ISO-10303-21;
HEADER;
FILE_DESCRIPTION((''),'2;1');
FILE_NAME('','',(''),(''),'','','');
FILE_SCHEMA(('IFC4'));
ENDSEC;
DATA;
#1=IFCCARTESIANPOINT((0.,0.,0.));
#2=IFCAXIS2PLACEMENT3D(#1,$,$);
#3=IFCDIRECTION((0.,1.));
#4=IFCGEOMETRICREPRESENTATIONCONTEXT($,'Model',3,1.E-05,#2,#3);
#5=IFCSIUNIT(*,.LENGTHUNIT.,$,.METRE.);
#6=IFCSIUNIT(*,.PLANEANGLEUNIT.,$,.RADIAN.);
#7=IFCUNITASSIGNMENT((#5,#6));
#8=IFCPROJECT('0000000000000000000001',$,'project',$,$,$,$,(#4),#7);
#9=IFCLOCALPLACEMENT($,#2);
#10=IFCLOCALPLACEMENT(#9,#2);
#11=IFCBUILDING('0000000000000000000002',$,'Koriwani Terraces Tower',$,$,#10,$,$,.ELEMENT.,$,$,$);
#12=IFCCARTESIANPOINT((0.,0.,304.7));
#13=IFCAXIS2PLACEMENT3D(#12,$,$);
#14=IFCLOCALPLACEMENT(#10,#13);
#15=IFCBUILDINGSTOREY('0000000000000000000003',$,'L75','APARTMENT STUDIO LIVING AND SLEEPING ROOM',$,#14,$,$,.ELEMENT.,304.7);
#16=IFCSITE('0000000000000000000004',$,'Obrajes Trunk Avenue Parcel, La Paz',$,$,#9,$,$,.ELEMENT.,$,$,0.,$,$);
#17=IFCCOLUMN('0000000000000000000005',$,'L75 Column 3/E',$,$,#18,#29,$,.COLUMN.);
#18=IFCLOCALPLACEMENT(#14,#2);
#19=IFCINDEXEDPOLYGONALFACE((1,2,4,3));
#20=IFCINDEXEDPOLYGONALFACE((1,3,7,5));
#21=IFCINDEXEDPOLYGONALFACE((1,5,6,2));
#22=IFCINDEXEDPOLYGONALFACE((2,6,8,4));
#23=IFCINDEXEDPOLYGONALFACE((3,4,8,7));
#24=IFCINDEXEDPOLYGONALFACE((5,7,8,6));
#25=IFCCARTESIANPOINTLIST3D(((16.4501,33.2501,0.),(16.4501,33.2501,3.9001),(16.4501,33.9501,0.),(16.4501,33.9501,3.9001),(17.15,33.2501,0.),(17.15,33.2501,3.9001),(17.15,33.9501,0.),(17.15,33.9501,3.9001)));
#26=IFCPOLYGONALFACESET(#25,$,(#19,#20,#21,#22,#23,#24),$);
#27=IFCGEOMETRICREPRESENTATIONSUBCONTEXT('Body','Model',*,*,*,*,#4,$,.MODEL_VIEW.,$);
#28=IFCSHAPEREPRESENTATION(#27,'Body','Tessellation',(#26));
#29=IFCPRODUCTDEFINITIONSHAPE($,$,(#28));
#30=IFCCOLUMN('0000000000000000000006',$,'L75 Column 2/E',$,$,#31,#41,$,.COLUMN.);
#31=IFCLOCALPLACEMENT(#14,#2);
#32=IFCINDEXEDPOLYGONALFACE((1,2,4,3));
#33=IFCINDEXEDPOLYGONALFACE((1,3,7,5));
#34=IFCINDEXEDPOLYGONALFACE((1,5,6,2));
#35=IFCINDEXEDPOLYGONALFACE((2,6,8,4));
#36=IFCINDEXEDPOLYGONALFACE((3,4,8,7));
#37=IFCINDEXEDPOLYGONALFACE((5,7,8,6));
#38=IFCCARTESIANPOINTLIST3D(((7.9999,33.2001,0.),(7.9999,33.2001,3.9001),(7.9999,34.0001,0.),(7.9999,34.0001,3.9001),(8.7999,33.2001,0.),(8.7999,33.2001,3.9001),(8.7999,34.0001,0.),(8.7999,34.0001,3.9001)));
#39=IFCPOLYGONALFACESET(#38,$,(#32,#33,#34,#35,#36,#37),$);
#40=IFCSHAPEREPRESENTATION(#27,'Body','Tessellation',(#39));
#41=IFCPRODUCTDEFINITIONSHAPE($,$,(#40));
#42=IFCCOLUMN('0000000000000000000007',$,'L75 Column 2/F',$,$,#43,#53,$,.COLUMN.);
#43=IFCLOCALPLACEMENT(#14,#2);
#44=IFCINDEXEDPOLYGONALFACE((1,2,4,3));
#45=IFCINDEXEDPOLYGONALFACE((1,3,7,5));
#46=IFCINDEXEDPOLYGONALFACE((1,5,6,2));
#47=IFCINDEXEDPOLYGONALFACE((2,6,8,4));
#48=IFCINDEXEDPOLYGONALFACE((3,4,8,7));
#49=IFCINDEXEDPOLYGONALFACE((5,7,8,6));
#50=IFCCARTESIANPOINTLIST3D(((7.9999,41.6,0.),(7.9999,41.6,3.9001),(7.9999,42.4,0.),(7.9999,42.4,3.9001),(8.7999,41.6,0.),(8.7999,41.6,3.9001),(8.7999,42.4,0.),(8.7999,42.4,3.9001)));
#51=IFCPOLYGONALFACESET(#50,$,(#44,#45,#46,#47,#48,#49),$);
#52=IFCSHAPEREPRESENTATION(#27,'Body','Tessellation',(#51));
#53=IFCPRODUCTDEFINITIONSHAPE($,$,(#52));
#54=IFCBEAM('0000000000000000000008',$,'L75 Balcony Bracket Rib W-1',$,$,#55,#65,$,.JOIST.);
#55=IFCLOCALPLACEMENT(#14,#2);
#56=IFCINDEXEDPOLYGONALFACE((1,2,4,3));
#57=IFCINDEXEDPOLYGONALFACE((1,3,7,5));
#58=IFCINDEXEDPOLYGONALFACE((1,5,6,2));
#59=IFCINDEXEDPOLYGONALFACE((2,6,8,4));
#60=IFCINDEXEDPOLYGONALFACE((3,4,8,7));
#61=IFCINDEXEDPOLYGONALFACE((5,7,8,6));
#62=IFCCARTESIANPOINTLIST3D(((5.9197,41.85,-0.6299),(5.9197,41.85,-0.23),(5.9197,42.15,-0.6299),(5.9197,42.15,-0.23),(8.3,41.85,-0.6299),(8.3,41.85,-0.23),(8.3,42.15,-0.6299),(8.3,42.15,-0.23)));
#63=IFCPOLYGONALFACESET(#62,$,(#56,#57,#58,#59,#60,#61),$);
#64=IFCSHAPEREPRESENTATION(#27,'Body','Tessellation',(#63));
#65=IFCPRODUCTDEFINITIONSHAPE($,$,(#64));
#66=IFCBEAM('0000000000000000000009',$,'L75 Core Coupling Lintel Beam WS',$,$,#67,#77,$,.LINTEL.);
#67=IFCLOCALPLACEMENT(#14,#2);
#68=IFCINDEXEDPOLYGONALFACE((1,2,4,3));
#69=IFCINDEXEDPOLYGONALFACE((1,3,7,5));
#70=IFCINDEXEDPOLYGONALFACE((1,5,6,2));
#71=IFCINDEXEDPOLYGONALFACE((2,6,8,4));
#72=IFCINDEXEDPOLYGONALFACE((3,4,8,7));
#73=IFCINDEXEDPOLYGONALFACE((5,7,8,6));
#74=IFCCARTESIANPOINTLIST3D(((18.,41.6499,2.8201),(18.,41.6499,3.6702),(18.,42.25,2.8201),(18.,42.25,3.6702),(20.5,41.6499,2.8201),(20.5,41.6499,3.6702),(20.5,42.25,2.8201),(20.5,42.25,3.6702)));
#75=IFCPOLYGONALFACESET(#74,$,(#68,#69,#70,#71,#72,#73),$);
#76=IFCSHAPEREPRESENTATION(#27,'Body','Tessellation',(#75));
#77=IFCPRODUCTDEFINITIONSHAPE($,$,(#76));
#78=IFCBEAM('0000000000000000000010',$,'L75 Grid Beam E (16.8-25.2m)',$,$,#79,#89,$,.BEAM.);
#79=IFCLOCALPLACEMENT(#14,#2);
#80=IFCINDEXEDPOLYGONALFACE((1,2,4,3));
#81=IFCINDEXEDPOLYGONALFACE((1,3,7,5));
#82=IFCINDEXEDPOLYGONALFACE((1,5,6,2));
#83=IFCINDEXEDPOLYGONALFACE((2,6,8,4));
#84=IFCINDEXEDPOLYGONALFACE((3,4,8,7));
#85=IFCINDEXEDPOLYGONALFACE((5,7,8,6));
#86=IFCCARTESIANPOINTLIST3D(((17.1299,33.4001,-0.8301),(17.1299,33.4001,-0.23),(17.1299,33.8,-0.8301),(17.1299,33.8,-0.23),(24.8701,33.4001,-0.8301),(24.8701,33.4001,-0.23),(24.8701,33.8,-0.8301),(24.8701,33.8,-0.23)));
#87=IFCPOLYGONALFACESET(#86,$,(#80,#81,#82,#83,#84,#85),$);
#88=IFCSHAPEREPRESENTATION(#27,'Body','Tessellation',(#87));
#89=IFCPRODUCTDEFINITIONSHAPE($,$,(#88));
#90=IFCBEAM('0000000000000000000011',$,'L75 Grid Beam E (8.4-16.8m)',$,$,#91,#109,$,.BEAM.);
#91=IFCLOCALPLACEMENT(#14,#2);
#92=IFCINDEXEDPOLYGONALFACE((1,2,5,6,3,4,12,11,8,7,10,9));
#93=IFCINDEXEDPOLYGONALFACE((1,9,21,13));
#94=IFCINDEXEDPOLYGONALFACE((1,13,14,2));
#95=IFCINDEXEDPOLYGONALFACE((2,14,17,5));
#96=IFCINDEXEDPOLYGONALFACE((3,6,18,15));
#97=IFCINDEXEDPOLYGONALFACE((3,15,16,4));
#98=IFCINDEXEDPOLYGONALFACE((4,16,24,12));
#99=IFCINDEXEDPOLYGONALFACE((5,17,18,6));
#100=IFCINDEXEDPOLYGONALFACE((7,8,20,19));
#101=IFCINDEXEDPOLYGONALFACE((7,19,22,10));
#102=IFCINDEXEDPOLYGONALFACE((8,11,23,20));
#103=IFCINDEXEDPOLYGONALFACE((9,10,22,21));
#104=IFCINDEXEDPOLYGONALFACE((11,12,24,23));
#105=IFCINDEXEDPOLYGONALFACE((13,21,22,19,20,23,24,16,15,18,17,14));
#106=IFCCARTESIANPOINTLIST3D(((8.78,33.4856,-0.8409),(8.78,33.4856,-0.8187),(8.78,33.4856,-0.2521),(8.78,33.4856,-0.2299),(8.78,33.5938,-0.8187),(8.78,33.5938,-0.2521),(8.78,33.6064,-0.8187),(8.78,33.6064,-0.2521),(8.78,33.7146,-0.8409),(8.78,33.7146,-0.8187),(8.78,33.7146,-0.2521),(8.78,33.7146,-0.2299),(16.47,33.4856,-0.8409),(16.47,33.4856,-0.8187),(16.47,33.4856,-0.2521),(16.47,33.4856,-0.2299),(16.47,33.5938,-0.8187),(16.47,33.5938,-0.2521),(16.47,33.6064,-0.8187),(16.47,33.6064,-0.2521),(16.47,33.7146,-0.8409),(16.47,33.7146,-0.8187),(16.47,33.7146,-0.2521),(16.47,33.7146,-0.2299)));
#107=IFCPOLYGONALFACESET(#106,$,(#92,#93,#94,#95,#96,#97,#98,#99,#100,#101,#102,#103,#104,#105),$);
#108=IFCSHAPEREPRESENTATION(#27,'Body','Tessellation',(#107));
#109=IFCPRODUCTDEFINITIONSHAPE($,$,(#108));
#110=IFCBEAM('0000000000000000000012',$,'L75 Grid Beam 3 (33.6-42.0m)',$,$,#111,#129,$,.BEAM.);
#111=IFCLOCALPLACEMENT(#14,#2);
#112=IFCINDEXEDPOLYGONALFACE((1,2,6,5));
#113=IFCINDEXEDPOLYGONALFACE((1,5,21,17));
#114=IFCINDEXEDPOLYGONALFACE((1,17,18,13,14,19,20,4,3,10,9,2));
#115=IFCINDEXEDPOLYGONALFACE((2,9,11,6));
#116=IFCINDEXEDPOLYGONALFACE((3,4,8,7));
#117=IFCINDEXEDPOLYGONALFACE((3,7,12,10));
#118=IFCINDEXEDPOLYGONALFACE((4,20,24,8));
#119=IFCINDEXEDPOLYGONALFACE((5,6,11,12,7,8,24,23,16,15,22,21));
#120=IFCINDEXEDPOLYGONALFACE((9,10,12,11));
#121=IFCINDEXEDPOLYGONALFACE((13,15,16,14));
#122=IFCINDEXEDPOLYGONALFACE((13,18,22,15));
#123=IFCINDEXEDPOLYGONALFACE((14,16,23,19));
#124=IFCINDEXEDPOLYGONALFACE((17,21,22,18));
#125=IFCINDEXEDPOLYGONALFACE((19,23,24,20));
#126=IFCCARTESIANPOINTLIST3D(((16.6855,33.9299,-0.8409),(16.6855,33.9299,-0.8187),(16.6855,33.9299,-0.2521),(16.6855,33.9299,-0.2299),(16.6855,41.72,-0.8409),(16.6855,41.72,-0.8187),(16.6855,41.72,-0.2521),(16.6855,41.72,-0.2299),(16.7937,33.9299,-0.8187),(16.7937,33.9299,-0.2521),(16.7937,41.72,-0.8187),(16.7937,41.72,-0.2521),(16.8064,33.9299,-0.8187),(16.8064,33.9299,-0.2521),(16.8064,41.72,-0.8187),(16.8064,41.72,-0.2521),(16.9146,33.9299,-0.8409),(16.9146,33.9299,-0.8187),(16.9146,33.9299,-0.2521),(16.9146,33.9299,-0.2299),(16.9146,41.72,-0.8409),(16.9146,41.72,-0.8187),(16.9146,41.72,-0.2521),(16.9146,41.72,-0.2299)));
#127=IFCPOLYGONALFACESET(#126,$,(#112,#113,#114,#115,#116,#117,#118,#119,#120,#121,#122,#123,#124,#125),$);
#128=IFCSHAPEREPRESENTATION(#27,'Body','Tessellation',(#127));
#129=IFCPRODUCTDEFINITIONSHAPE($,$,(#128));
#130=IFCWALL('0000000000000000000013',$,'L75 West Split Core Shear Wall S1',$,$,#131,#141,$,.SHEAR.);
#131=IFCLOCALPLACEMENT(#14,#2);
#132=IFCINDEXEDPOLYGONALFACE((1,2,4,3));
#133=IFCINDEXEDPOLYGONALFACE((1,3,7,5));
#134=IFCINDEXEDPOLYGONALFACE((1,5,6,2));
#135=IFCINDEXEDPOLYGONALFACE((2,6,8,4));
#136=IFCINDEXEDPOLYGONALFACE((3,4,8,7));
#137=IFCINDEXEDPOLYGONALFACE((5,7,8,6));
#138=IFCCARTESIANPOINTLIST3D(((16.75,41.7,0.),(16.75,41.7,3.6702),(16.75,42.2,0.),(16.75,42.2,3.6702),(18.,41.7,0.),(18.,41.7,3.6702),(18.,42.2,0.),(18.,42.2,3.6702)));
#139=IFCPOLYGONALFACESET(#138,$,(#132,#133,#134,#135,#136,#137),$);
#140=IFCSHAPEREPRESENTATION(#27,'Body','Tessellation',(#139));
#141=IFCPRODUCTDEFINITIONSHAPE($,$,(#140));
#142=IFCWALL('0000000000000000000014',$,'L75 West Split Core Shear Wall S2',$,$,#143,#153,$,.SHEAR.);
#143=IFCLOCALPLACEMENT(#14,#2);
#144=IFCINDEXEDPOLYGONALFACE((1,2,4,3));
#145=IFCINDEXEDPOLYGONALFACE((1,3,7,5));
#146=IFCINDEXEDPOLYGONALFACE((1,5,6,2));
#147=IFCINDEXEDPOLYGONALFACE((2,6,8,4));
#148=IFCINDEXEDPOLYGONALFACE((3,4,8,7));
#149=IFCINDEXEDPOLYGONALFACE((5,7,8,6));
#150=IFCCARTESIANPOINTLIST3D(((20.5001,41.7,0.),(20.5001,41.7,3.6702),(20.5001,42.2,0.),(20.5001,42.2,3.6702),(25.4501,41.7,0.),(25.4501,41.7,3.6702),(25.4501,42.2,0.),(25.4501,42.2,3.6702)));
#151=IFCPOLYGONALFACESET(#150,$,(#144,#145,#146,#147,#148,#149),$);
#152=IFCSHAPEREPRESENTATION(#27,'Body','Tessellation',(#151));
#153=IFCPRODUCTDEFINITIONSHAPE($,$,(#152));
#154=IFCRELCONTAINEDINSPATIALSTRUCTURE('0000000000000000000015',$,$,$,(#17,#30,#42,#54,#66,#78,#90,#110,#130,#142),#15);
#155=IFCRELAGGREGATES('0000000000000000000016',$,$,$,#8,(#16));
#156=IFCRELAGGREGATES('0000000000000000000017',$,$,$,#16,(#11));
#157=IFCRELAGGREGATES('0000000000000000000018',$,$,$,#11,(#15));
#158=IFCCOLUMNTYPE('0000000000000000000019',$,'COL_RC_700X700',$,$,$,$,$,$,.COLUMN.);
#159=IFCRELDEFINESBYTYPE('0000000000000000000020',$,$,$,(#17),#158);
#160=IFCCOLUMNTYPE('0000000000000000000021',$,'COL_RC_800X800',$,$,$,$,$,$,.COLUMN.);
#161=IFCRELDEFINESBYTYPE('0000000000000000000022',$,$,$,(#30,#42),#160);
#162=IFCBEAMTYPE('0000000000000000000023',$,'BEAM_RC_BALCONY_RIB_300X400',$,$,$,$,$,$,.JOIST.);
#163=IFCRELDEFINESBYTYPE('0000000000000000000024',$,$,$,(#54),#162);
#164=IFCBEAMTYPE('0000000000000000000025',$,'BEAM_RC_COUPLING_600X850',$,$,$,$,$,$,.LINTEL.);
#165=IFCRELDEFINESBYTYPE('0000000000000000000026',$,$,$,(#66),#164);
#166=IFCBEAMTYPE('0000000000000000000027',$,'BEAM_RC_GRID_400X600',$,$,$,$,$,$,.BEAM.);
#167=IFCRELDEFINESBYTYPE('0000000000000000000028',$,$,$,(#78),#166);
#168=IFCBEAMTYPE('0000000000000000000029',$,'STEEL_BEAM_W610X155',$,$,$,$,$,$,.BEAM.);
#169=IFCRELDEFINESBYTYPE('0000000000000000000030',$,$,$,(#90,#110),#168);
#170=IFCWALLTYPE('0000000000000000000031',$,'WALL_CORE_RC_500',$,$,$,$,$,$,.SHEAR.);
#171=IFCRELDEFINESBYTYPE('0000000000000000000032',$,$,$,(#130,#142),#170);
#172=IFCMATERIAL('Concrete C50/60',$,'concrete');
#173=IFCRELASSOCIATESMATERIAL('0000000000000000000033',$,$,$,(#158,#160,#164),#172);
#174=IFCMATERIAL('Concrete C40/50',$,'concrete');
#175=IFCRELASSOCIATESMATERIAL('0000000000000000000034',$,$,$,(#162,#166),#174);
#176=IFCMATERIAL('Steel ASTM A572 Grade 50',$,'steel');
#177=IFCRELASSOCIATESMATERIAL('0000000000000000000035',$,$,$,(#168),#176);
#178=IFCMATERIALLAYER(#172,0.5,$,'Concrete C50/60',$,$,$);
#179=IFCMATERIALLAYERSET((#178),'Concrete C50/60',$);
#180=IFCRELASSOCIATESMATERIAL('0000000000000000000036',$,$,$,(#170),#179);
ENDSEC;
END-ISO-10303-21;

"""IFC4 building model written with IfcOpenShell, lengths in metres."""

from ifc_helpers import new_model, si_unit, direction, frame, frame_2d, origin, origin_2d, place, context, subcontext, project, spatial, rectangle, i_section, extrude, material, layer, layer_set, material_profile, profile_set, type_object, element, save


model = new_model("IFC4")

# Units and contexts
model_context = context("Model", 3, precision=1e-05, world=origin(), true_north=direction((0.0, 1.0)))
body_context = subcontext(model_context, "Body", "Model", "MODEL_VIEW")
ifc_project = project(units=[si_unit("LENGTHUNIT", "METRE"), si_unit("PLANEANGLEUNIT", "RADIAN")], contexts=[model_context])

# Site, building, storey
site_placement = place(None, origin())
site = spatial("IfcSite", under=ifc_project, at=site_placement, Name="Obrajes Trunk Avenue Parcel, La Paz", CompositionType="ELEMENT", RefElevation=0.0)
building_placement = place(site_placement, origin())
building = spatial("IfcBuilding", under=site, at=building_placement, Name="Koriwani Terraces Tower", CompositionType="ELEMENT")
storey_placement = place(building_placement, frame((0.0, 0.0, 304.7)))
storey = spatial("IfcBuildingStorey", under=building, at=storey_placement, Name="L75", Description="APARTMENT STUDIO LIVING AND SLEEPING ROOM", CompositionType="ELEMENT", Elevation=304.7)

# Columns
ifc_material_1 = material(Name="Concrete C50/60", Category="concrete")
ifc_material_profile_1 = material_profile(ifc_material_1, rectangle(XDim=0.7, YDim=0.7, at=origin_2d()), Name="Concrete C50/60", Category="LoadBearing")
ifc_profile_set_1 = profile_set([ifc_material_profile_1], Name="Concrete C50/60")
column_type_1 = type_object("IfcColumnType", Name="COL_RC_700X700", PredefinedType="COLUMN", material=ifc_profile_set_1)
column_placement = place(storey_placement, frame((16.8, 33.6001, 0.0), z_axis=(0.0, 0.0, 1.0), x_axis=(1.0, 0.0, 0.0)))
element("IfcColumn", 1, at=column_placement, inside=storey, type_object=column_type_1, Name="L75 Column 3/E", PredefinedType="COLUMN", context=body_context, shape_type="SweptSolid", body=[
    extrude(rectangle(XDim=0.7, YDim=0.7, at=origin_2d()), origin(), (0.0, 0.0, 1.0), 3.9001),
])
ifc_material_profile_2 = material_profile(ifc_material_1, rectangle(XDim=0.8, YDim=0.8, at=origin_2d()), Name="Concrete C50/60", Category="LoadBearing")
ifc_profile_set_2 = profile_set([ifc_material_profile_2], Name="Concrete C50/60")
column_type_2 = type_object("IfcColumnType", Name="COL_RC_800X800", PredefinedType="COLUMN", material=ifc_profile_set_2)
for number, where, z_axis, x_axis, name in (
    (2, (8.3999, 33.6001, 0.0), (0.0, 0.0, 1.0), (1.0, 0.0, 0.0), "L75 Column 2/E"),
    (3, (8.3999, 42.0, 0.0), (0.0, 0.0, 1.0), (1.0, 0.0, 0.0), "L75 Column 2/F"),
):
    element("IfcColumn", number, at=place(storey_placement, frame(where, z_axis=z_axis, x_axis=x_axis)), inside=storey, type_object=column_type_2, Name=name, PredefinedType="COLUMN", context=body_context, shape_type="SweptSolid", body=[
        extrude(rectangle(XDim=0.8, YDim=0.8, at=origin_2d()), origin(), (0.0, 0.0, 1.0), 3.9001),
    ])

# Beams
ifc_material_2 = material(Name="Concrete C40/50", Category="concrete")
ifc_material_profile_3 = material_profile(ifc_material_2, rectangle(XDim=0.3, YDim=0.3999, at=origin_2d()), Name="Concrete C40/50", Category="LoadBearing")
ifc_profile_set_3 = profile_set([ifc_material_profile_3], Name="Concrete C40/50")
beam_type_1 = type_object("IfcBeamType", Name="BEAM_RC_BALCONY_RIB_300X400", PredefinedType="JOIST", material=ifc_profile_set_3)
beam_1_placement = place(storey_placement, frame((5.9197, 42.0, -0.4299), z_axis=(1.0, 0.0, 0.0), x_axis=(0.0, 1.0, 0.0)))
element("IfcBeam", 4, at=beam_1_placement, inside=storey, type_object=beam_type_1, Name="L75 Balcony Bracket Rib W-1", PredefinedType="JOIST", context=body_context, shape_type="SweptSolid", body=[
    extrude(rectangle(XDim=0.3, YDim=0.3999, at=origin_2d()), origin(), (0.0, 0.0, 1.0), 2.3804),
])
ifc_material_profile_4 = material_profile(ifc_material_1, rectangle(XDim=0.6001, YDim=0.8501, at=origin_2d()), Name="Concrete C50/60", Category="LoadBearing")
ifc_profile_set_4 = profile_set([ifc_material_profile_4], Name="Concrete C50/60")
beam_type_2 = type_object("IfcBeamType", Name="BEAM_RC_COUPLING_600X850", PredefinedType="LINTEL", material=ifc_profile_set_4)
beam_2_placement = place(storey_placement, frame((18.0, 41.95, 3.2451), z_axis=(1.0, 0.0, 0.0), x_axis=(0.0, 1.0, 0.0)))
element("IfcBeam", 5, at=beam_2_placement, inside=storey, type_object=beam_type_2, Name="L75 Core Coupling Lintel Beam WS", PredefinedType="LINTEL", context=body_context, shape_type="SweptSolid", body=[
    extrude(rectangle(XDim=0.6001, YDim=0.8501, at=origin_2d()), origin(), (0.0, 0.0, 1.0), 2.5),
])
ifc_material_profile_5 = material_profile(ifc_material_2, rectangle(XDim=0.3999, YDim=0.6001, at=origin_2d()), Name="Concrete C40/50", Category="LoadBearing")
ifc_profile_set_5 = profile_set([ifc_material_profile_5], Name="Concrete C40/50")
beam_type_3 = type_object("IfcBeamType", Name="BEAM_RC_GRID_400X600", PredefinedType="BEAM", material=ifc_profile_set_5)
beam_3_placement = place(storey_placement, frame((17.1299, 33.6001, -0.53), z_axis=(1.0, 0.0, 0.0), x_axis=(0.0, 1.0, 0.0)))
element("IfcBeam", 6, at=beam_3_placement, inside=storey, type_object=beam_type_3, Name="L75 Grid Beam E (16.8-25.2m)", PredefinedType="BEAM", context=body_context, shape_type="SweptSolid", body=[
    extrude(rectangle(XDim=0.3999, YDim=0.6001, at=origin_2d()), origin(), (0.0, 0.0, 1.0), 7.7402),
])
ifc_material_3 = material(Name="Steel ASTM A572 Grade 50", Category="steel")
ifc_material_profile_6 = material_profile(ifc_material_3, i_section(OverallWidth=0.229, OverallDepth=0.6111, WebThickness=0.0127, FlangeThickness=0.0222, at=origin_2d()), Name="Steel ASTM A572 Grade 50", Category="LoadBearing")
ifc_profile_set_6 = profile_set([ifc_material_profile_6], Name="Steel ASTM A572 Grade 50")
beam_type_4 = type_object("IfcBeamType", Name="STEEL_BEAM_W610X155", PredefinedType="BEAM", material=ifc_profile_set_6)
beam_4_placement = place(storey_placement, frame((8.78, 33.6001, -0.5354), z_axis=(1.0, 0.0, 0.0), x_axis=(0.0, 1.0, 0.0)))
element("IfcBeam", 7, at=beam_4_placement, inside=storey, type_object=beam_type_4, Name="L75 Grid Beam E (8.4-16.8m)", PredefinedType="BEAM", context=body_context, shape_type="SweptSolid", body=[
    extrude(i_section(OverallWidth=0.229, OverallDepth=0.6111, WebThickness=0.0127, FlangeThickness=0.0222, at=origin_2d()), origin(), (0.0, 0.0, 1.0), 7.6899),
])
beam_5_placement = place(storey_placement, frame((16.8, 33.9299, -0.5354), z_axis=(0.0, 1.0, 0.0), x_axis=(-1.0, 0.0, 0.0)))
element("IfcBeam", 8, at=beam_5_placement, inside=storey, type_object=beam_type_4, Name="L75 Grid Beam 3 (33.6-42.0m)", PredefinedType="BEAM", context=body_context, shape_type="SweptSolid", body=[
    extrude(i_section(OverallWidth=0.229, OverallDepth=0.6111, WebThickness=0.0127, FlangeThickness=0.0222, at=origin_2d()), origin(), (0.0, 0.0, 1.0), 7.79),
])

# Walls
ifc_layer_1 = layer(ifc_material_1, 0.5, Name="Concrete C50/60")
ifc_layer_set_1 = layer_set([ifc_layer_1], Name="Concrete C50/60")
wall_type_1 = type_object("IfcWallType", Name="WALL_CORE_RC_500", PredefinedType="SHEAR", material=ifc_layer_set_1)
wall_1_placement = place(storey_placement, frame((16.75, 41.95, 0.0), z_axis=(0.0, 0.0, 1.0), x_axis=(1.0, 0.0, 0.0)))
element("IfcWall", 9, at=wall_1_placement, inside=storey, type_object=wall_type_1, Name="L75 West Split Core Shear Wall S1", PredefinedType="SHEAR", context=body_context, shape_type="SweptSolid", body=[
    extrude(rectangle(XDim=1.25, YDim=0.5, at=frame_2d((0.625, 0.0))), origin(), (0.0, 0.0, 1.0), 3.6702),
])
wall_2_placement = place(storey_placement, frame((20.5, 41.95, 0.0), z_axis=(0.0, 0.0, 1.0), x_axis=(1.0, 0.0, 0.0)))
element("IfcWall", 10, at=wall_2_placement, inside=storey, type_object=wall_type_1, Name="L75 West Split Core Shear Wall S2", PredefinedType="SHEAR", context=body_context, shape_type="SweptSolid", body=[
    extrude(rectangle(XDim=4.95, YDim=0.5, at=frame_2d((2.4751, 0.0))), origin(), (0.0, 0.0, 1.0), 3.6702),
])

save(model, "model.ifc")
